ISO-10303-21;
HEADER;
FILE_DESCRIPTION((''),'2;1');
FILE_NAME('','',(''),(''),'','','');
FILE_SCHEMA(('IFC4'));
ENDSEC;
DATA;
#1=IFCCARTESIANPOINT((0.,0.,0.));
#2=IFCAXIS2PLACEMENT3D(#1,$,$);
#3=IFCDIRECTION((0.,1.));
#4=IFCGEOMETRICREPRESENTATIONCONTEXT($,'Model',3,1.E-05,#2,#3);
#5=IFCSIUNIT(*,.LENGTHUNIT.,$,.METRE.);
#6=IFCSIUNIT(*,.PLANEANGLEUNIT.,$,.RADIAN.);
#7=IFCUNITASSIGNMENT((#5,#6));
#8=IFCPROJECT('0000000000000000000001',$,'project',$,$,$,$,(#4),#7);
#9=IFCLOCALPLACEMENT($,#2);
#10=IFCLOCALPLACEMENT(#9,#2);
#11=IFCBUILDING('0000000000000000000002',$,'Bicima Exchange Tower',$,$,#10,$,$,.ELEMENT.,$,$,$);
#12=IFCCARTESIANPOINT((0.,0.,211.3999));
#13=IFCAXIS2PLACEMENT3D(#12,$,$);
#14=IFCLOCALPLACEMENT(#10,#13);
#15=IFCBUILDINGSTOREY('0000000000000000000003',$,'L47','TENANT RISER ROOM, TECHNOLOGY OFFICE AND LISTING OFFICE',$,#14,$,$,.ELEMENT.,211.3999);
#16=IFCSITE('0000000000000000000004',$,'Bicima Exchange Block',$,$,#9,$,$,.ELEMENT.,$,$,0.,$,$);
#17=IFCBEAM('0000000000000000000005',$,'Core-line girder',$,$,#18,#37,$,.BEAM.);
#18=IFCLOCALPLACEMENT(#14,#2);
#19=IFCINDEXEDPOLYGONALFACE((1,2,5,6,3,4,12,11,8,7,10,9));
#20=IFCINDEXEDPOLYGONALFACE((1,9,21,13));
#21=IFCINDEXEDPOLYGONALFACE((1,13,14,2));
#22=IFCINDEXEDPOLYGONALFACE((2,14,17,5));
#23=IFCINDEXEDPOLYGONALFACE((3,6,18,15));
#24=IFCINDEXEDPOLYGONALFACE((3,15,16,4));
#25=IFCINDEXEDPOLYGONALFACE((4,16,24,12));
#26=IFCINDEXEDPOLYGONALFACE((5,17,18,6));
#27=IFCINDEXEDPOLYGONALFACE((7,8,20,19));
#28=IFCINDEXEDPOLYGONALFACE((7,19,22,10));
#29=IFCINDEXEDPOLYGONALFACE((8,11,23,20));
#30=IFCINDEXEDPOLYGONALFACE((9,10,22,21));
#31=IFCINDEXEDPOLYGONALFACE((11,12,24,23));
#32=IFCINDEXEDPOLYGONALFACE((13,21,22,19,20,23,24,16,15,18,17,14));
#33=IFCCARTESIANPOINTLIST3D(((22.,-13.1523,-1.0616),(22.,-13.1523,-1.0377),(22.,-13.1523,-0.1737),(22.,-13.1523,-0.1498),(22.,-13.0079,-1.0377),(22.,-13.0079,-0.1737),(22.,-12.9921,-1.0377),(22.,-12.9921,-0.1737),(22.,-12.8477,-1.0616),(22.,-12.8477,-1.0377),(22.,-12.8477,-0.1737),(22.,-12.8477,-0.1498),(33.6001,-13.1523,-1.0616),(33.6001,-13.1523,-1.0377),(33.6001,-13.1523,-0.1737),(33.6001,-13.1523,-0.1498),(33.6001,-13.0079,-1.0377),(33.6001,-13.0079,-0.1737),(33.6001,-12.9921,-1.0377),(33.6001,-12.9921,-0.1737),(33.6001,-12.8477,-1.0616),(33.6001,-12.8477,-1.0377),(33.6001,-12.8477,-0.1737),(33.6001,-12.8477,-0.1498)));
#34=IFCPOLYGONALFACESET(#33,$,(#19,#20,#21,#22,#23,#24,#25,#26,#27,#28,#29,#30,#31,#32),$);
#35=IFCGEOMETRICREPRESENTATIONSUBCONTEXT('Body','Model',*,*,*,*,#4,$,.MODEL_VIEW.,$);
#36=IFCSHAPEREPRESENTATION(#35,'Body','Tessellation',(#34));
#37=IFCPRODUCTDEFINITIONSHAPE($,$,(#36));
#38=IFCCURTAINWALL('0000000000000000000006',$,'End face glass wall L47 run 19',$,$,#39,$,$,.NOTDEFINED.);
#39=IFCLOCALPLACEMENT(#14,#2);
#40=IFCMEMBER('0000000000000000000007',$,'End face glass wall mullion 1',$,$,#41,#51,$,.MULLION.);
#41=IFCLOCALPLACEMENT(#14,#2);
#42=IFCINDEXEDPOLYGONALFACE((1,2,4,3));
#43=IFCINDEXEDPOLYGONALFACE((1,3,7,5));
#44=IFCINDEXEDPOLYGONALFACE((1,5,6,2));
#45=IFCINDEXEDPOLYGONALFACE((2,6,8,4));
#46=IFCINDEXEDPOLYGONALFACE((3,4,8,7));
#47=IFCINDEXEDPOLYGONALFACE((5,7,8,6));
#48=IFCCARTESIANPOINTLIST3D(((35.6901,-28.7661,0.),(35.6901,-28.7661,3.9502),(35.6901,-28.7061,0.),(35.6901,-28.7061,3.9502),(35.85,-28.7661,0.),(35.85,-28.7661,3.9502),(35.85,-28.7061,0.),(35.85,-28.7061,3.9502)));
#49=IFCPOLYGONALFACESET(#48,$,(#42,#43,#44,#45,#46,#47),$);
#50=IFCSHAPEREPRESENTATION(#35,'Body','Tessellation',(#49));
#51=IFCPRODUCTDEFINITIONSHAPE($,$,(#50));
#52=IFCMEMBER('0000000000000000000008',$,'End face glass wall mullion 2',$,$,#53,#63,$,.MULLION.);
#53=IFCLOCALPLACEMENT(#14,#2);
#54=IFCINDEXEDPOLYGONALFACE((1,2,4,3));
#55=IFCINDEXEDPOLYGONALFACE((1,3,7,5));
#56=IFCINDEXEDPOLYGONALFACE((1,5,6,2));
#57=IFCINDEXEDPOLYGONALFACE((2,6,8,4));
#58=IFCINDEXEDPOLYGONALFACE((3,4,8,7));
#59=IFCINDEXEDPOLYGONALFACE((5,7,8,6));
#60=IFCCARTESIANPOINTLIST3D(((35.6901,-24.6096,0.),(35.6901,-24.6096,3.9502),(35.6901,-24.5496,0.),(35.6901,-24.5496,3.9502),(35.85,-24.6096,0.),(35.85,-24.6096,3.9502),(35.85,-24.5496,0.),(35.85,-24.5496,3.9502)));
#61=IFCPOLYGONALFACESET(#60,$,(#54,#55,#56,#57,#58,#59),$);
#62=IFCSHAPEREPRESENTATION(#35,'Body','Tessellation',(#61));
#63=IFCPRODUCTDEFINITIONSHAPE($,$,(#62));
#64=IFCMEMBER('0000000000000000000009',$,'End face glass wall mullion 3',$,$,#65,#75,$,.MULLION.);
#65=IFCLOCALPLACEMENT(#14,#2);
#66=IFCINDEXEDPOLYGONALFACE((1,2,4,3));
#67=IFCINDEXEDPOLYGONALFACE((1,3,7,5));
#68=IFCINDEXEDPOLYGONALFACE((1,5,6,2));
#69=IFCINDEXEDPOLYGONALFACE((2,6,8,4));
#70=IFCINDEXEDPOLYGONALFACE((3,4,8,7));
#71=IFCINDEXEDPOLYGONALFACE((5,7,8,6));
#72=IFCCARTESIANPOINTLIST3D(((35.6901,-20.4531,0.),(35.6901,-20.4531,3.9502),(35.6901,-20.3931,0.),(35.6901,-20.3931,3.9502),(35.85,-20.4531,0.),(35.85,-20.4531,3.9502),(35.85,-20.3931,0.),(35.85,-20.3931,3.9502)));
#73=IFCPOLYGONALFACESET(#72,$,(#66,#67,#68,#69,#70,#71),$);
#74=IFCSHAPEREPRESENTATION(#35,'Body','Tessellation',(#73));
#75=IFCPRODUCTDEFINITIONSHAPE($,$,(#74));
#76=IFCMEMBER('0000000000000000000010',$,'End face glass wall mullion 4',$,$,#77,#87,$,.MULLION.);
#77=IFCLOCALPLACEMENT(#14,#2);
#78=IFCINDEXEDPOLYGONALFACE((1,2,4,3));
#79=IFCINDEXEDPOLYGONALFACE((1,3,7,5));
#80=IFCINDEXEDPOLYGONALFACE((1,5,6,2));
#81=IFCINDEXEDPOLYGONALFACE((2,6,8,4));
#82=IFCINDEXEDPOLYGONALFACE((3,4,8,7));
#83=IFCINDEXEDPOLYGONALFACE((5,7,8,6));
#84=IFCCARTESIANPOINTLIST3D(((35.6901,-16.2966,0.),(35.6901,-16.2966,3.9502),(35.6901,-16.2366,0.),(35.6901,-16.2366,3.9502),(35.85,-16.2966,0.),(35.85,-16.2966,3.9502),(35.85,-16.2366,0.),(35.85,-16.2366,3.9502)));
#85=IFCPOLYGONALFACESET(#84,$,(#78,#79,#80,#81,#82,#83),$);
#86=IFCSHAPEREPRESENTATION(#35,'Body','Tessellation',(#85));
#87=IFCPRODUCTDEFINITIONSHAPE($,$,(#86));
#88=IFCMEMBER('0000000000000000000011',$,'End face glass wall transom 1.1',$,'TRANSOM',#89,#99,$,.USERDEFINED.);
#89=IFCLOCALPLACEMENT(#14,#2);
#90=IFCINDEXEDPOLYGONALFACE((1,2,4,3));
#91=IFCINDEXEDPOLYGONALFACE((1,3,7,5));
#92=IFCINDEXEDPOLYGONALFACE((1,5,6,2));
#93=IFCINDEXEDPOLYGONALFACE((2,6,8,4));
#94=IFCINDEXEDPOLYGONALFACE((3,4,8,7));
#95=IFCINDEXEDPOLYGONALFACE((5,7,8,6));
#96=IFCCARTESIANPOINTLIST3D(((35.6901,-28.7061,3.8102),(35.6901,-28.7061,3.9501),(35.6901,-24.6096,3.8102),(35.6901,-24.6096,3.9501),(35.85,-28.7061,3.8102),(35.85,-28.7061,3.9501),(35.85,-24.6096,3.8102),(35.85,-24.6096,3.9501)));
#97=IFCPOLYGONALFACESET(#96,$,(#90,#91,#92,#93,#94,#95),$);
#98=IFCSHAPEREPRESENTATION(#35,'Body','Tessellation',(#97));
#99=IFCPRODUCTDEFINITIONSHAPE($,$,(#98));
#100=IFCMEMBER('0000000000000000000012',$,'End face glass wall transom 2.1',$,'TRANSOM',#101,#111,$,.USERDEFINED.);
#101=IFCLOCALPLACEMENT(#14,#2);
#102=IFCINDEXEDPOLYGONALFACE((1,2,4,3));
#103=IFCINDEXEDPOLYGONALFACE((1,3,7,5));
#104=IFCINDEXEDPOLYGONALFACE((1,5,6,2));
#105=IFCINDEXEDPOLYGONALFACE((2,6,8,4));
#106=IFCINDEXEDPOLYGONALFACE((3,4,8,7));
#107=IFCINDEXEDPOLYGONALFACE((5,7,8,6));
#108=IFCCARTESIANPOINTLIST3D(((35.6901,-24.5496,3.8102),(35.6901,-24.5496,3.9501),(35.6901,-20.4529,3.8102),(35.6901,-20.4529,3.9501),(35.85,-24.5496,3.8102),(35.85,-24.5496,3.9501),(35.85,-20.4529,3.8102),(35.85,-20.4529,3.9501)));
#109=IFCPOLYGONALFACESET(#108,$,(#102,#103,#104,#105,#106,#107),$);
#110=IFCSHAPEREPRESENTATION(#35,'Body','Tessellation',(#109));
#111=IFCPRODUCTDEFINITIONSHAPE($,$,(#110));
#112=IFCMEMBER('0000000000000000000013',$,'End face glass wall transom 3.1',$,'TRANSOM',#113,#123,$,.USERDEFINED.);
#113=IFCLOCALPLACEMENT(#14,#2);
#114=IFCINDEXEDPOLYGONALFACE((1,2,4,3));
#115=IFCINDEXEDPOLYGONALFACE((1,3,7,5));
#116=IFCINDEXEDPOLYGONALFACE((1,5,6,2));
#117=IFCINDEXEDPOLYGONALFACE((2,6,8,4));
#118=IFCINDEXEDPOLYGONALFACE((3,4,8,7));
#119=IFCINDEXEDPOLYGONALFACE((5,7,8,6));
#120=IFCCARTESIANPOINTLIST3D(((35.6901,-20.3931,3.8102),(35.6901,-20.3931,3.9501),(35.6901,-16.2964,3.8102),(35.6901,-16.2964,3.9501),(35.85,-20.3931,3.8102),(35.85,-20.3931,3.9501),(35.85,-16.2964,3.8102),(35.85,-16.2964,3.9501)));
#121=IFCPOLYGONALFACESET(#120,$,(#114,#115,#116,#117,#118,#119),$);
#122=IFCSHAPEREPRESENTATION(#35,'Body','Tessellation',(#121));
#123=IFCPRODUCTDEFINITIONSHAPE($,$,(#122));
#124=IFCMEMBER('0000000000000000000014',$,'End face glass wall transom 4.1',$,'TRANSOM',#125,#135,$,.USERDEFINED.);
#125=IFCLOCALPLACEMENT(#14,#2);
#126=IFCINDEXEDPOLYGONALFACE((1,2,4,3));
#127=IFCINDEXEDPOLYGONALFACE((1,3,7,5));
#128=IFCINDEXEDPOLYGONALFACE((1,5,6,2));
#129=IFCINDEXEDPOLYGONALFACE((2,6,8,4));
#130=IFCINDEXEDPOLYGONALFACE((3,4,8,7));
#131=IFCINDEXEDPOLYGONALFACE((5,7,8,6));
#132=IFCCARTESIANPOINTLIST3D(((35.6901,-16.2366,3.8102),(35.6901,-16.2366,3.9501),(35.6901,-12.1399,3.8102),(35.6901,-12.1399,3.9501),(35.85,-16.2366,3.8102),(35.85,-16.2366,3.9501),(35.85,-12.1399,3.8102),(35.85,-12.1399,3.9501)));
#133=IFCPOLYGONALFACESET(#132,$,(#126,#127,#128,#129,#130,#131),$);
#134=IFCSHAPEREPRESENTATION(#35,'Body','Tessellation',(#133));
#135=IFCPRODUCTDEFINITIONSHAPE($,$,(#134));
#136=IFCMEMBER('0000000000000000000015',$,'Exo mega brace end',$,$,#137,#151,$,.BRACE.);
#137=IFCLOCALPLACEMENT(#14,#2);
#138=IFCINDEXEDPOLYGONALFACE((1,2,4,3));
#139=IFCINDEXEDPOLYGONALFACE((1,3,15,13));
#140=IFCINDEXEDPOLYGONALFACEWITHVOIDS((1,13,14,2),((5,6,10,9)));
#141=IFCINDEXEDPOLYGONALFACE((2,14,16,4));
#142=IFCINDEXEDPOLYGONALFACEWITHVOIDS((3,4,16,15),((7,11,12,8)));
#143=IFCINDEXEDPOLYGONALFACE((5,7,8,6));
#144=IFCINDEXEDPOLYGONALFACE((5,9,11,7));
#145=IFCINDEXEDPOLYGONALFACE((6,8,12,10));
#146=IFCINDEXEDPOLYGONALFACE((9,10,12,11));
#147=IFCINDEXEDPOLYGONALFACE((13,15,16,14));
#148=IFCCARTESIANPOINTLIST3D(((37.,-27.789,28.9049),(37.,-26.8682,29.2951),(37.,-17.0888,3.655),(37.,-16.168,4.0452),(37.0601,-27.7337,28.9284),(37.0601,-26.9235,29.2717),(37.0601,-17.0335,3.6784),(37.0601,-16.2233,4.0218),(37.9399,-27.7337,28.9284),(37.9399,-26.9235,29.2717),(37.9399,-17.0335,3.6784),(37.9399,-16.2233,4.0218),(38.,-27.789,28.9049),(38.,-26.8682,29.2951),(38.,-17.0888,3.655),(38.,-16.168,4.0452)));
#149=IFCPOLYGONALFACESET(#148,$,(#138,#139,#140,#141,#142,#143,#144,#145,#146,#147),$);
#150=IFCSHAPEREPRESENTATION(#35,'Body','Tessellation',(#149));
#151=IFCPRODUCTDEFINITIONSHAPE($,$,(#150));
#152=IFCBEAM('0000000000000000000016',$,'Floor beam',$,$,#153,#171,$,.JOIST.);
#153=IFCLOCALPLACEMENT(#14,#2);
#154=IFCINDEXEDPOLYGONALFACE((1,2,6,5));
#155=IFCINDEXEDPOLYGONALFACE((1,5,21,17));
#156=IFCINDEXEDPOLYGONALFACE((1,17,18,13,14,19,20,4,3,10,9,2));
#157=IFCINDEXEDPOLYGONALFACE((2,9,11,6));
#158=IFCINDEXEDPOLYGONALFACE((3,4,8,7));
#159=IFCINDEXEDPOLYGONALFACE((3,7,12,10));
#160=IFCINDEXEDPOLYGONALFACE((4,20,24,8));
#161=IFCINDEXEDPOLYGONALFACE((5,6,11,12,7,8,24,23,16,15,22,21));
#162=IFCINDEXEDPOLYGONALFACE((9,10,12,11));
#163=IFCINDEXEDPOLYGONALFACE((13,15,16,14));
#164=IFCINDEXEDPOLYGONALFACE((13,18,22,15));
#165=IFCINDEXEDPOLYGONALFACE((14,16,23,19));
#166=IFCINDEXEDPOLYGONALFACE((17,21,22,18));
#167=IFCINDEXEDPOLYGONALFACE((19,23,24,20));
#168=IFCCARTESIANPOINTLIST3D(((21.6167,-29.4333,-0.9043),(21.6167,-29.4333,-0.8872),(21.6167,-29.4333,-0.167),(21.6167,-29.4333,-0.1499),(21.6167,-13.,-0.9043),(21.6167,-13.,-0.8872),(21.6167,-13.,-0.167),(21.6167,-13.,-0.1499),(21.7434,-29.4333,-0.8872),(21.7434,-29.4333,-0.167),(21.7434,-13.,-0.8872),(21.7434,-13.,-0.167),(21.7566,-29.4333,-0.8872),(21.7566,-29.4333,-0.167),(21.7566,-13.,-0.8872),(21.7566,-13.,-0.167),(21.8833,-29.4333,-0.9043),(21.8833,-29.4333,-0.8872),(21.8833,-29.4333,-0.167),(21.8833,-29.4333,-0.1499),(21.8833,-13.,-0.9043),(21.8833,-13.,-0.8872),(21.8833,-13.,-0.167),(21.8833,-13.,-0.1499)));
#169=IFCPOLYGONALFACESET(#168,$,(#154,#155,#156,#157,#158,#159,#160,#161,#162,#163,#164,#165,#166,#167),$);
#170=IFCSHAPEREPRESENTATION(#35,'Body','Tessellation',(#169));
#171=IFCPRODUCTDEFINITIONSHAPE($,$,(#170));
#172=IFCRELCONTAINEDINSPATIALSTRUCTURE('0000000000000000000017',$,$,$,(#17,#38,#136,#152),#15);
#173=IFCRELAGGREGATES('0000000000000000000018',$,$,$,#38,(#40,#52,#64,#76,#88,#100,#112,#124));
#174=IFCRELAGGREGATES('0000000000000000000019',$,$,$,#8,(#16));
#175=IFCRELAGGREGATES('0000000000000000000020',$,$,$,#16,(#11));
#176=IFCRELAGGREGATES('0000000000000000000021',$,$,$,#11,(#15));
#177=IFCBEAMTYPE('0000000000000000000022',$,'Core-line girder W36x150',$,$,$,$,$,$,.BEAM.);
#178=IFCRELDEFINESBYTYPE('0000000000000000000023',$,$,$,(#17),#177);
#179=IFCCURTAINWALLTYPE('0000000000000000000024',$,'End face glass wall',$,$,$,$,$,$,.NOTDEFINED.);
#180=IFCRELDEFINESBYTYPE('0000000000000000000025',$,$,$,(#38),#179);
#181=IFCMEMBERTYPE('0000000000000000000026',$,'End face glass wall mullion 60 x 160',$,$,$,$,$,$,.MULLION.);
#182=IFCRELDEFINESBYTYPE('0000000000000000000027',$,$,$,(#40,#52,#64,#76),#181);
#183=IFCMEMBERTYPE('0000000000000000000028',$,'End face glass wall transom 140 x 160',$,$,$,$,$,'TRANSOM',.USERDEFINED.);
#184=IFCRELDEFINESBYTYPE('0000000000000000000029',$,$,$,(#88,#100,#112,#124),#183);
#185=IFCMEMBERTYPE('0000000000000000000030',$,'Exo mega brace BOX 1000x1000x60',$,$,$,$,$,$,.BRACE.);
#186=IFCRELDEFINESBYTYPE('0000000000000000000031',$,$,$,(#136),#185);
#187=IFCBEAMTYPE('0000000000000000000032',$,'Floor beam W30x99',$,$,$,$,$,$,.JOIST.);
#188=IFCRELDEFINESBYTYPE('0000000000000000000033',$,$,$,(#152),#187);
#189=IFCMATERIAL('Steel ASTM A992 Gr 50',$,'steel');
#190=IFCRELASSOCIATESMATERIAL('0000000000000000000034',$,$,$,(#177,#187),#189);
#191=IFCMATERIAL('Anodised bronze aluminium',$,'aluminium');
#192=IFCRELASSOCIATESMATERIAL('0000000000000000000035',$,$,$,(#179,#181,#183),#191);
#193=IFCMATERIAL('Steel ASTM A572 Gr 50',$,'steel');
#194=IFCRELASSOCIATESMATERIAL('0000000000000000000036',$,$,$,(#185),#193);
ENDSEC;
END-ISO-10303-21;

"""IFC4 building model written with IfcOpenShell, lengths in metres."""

from ifc_helpers import new_model, si_unit, direction, frame, origin, origin_2d, place, context, subcontext, project, spatial, rectangle, hollow_rectangle, i_section, extrude, material, material_profile, profile_set, type_object, element, aggregate, save


model = new_model("IFC4")

# Units and contexts
model_context = context("Model", 3, precision=1e-05, world=origin(), true_north=direction((0.0, 1.0)))
body_context = subcontext(model_context, "Body", "Model", "MODEL_VIEW")
ifc_project = project(units=[si_unit("LENGTHUNIT", "METRE"), si_unit("PLANEANGLEUNIT", "RADIAN")], contexts=[model_context])

# Site, building, storey
site_placement = place(None, origin())
site = spatial("IfcSite", under=ifc_project, at=site_placement, Name="Bicima Exchange Block", CompositionType="ELEMENT", RefElevation=0.0)
building_placement = place(site_placement, origin())
building = spatial("IfcBuilding", under=site, at=building_placement, Name="Bicima Exchange Tower", CompositionType="ELEMENT")
storey_placement = place(building_placement, frame((0.0, 0.0, 211.3999)))
storey = spatial("IfcBuildingStorey", under=building, at=storey_placement, Name="L47", Description="TENANT RISER ROOM, TECHNOLOGY OFFICE AND LISTING OFFICE", CompositionType="ELEMENT", Elevation=211.3999)

# Beam
ifc_material_1 = material(Name="Steel ASTM A992 Gr 50", Category="steel")
ifc_material_profile_1 = material_profile(ifc_material_1, i_section(OverallWidth=0.3047, OverallDepth=0.9119, WebThickness=0.0159, FlangeThickness=0.0239, at=origin_2d()))
ifc_profile_set_1 = profile_set([ifc_material_profile_1], Name="Steel ASTM A992 Gr 50")
beam_type_1 = type_object("IfcBeamType", Name="Core-line girder W36x150", PredefinedType="BEAM", material=ifc_profile_set_1)
beam_1_placement = place(storey_placement, frame((22.0, -13.0, -0.6057), z_axis=(1.0, 0.0, 0.0), x_axis=(0.0, 1.0, 0.0)))
element("IfcBeam", 1, at=beam_1_placement, inside=storey, type_object=beam_type_1, Name="Core-line girder", PredefinedType="BEAM", context=body_context, shape_type="SweptSolid", body=[
    extrude(i_section(OverallWidth=0.3047, OverallDepth=0.9119, WebThickness=0.0159, FlangeThickness=0.0239, at=origin_2d()), origin(), (0.0, 0.0, 1.0), 11.6001),
])

# Curtain wall, members
ifc_material_2 = material(Name="Anodised bronze aluminium", Category="aluminium")
curtain_wall_type_1 = type_object("IfcCurtainWallType", Name="End face glass wall", PredefinedType="NOTDEFINED", material=ifc_material_2)
curtain_wall_1_placement = place(storey_placement, origin())
curtain_wall_1 = element("IfcCurtainWall", 2, at=curtain_wall_1_placement, inside=storey, type_object=curtain_wall_type_1, Name="End face glass wall L47 run 19", PredefinedType="NOTDEFINED")
ifc_material_profile_2 = material_profile(ifc_material_2, rectangle(XDim=0.1599, YDim=0.0601, at=origin_2d()))
ifc_profile_set_2 = profile_set([ifc_material_profile_2], Name="Anodised bronze aluminium")
member_type_1 = type_object("IfcMemberType", Name="End face glass wall mullion 60 x 160", PredefinedType="MULLION", material=ifc_profile_set_2)
member_1_placement = place(storey_placement, frame((35.77, -28.7361, 0.0), z_axis=(0.0, 0.0, 1.0), x_axis=(-1.0, 0.0, 0.0)))
member_1 = element("IfcMember", 3, at=member_1_placement, type_object=member_type_1, Name="End face glass wall mullion 1", PredefinedType="MULLION", context=body_context, shape_type="SweptSolid", body=[
    extrude(rectangle(XDim=0.1599, YDim=0.0601, at=origin_2d()), origin(), (0.0, 0.0, 1.0), 3.9502),
])
member_2_placement = place(storey_placement, frame((35.77, -24.5796, 0.0), z_axis=(0.0, 0.0, 1.0), x_axis=(-1.0, 0.0, 0.0)))
member_2 = element("IfcMember", 4, at=member_2_placement, type_object=member_type_1, Name="End face glass wall mullion 2", PredefinedType="MULLION", context=body_context, shape_type="SweptSolid", body=[
    extrude(rectangle(XDim=0.1599, YDim=0.0601, at=origin_2d()), origin(), (0.0, 0.0, 1.0), 3.9502),
])
member_3_placement = place(storey_placement, frame((35.77, -20.4231, 0.0), z_axis=(0.0, 0.0, 1.0), x_axis=(-1.0, 0.0, 0.0)))
member_3 = element("IfcMember", 5, at=member_3_placement, type_object=member_type_1, Name="End face glass wall mullion 3", PredefinedType="MULLION", context=body_context, shape_type="SweptSolid", body=[
    extrude(rectangle(XDim=0.1599, YDim=0.0601, at=origin_2d()), origin(), (0.0, 0.0, 1.0), 3.9502),
])
member_4_placement = place(storey_placement, frame((35.77, -16.2666, 0.0), z_axis=(0.0, 0.0, 1.0), x_axis=(-1.0, 0.0, 0.0)))
member_4 = element("IfcMember", 6, at=member_4_placement, type_object=member_type_1, Name="End face glass wall mullion 4", PredefinedType="MULLION", context=body_context, shape_type="SweptSolid", body=[
    extrude(rectangle(XDim=0.1599, YDim=0.0601, at=origin_2d()), origin(), (0.0, 0.0, 1.0), 3.9502),
])
ifc_material_profile_3 = material_profile(ifc_material_2, rectangle(XDim=0.1599, YDim=0.1399, at=origin_2d()))
ifc_profile_set_3 = profile_set([ifc_material_profile_3], Name="Anodised bronze aluminium")
member_type_2 = type_object("IfcMemberType", Name="End face glass wall transom 140 x 160", ElementType="TRANSOM", PredefinedType="USERDEFINED", material=ifc_profile_set_3)
member_5_placement = place(storey_placement, frame((35.77, -28.7061, 3.8801), z_axis=(0.0, 1.0, 0.0), x_axis=(-1.0, 0.0, 0.0)))
member_5 = element("IfcMember", 7, at=member_5_placement, type_object=member_type_2, Name="End face glass wall transom 1.1", ObjectType="TRANSOM", PredefinedType="USERDEFINED", context=body_context, shape_type="SweptSolid", body=[
    extrude(rectangle(XDim=0.1599, YDim=0.1399, at=origin_2d()), origin(), (0.0, 0.0, 1.0), 4.0964),
])
member_6_placement = place(storey_placement, frame((35.77, -24.5496, 3.8801), z_axis=(0.0, 1.0, 0.0), x_axis=(-1.0, 0.0, 0.0)))
member_6 = element("IfcMember", 8, at=member_6_placement, type_object=member_type_2, Name="End face glass wall transom 2.1", ObjectType="TRANSOM", PredefinedType="USERDEFINED", context=body_context, shape_type="SweptSolid", body=[
    extrude(rectangle(XDim=0.1599, YDim=0.1399, at=origin_2d()), origin(), (0.0, 0.0, 1.0), 4.0967),
])
member_7_placement = place(storey_placement, frame((35.77, -20.3931, 3.8801), z_axis=(0.0, 1.0, 0.0), x_axis=(-1.0, 0.0, 0.0)))
member_7 = element("IfcMember", 9, at=member_7_placement, type_object=member_type_2, Name="End face glass wall transom 3.1", ObjectType="TRANSOM", PredefinedType="USERDEFINED", context=body_context, shape_type="SweptSolid", body=[
    extrude(rectangle(XDim=0.1599, YDim=0.1399, at=origin_2d()), origin(), (0.0, 0.0, 1.0), 4.0967),
])
member_8_placement = place(storey_placement, frame((35.77, -16.2366, 3.8801), z_axis=(0.0, 1.0, 0.0), x_axis=(-1.0, 0.0, 0.0)))
member_8 = element("IfcMember", 10, at=member_8_placement, type_object=member_type_2, Name="End face glass wall transom 4.1", ObjectType="TRANSOM", PredefinedType="USERDEFINED", context=body_context, shape_type="SweptSolid", body=[
    extrude(rectangle(XDim=0.1599, YDim=0.1399, at=origin_2d()), origin(), (0.0, 0.0, 1.0), 4.0967),
])

# Member
ifc_material_3 = material(Name="Steel ASTM A572 Gr 50", Category="steel")
ifc_material_profile_4 = material_profile(ifc_material_3, hollow_rectangle(XDim=1.0, YDim=1.0, WallThickness=0.0601, at=origin_2d()))
ifc_profile_set_4 = profile_set([ifc_material_profile_4], Name="Steel ASTM A572 Gr 50")
member_type_3 = type_object("IfcMemberType", Name="Exo mega brace BOX 1000x1000x60", PredefinedType="BRACE", material=ifc_profile_set_4)
member_9_placement = place(storey_placement, frame((37.5, -16.6284, 3.8501), z_axis=(0.0, -0.390181, 0.920738), x_axis=(1.0, 0.0, 0.0)))
element("IfcMember", 11, at=member_9_placement, inside=storey, type_object=member_type_3, Name="Exo mega brace end", PredefinedType="BRACE", context=body_context, shape_type="SweptSolid", body=[
    extrude(hollow_rectangle(XDim=1.0, YDim=1.0, WallThickness=0.0601, at=origin_2d()), origin(), (0.0, 0.0, 1.0), 27.4236),
])

# Beam
ifc_material_profile_5 = material_profile(ifc_material_1, i_section(OverallWidth=0.2666, OverallDepth=0.7544, WebThickness=0.0132, FlangeThickness=0.0171, at=origin_2d()))
ifc_profile_set_5 = profile_set([ifc_material_profile_5], Name="Steel ASTM A992 Gr 50")
beam_type_2 = type_object("IfcBeamType", Name="Floor beam W30x99", PredefinedType="JOIST", material=ifc_profile_set_5)
beam_2_placement = place(storey_placement, frame((21.75, -13.0, -0.5271), z_axis=(0.0, -1.0, 0.0), x_axis=(1.0, 0.0, 0.0)))
element("IfcBeam", 12, at=beam_2_placement, inside=storey, type_object=beam_type_2, Name="Floor beam", PredefinedType="JOIST", context=body_context, shape_type="SweptSolid", body=[
    extrude(i_section(OverallWidth=0.2666, OverallDepth=0.7544, WebThickness=0.0132, FlangeThickness=0.0171, at=origin_2d()), origin(), (0.0, 0.0, 1.0), 16.4333),
])

aggregate(curtain_wall_1, [member_1, member_2, member_3, member_4, member_5, member_6, member_7, member_8])

save(model, "model.ifc")
